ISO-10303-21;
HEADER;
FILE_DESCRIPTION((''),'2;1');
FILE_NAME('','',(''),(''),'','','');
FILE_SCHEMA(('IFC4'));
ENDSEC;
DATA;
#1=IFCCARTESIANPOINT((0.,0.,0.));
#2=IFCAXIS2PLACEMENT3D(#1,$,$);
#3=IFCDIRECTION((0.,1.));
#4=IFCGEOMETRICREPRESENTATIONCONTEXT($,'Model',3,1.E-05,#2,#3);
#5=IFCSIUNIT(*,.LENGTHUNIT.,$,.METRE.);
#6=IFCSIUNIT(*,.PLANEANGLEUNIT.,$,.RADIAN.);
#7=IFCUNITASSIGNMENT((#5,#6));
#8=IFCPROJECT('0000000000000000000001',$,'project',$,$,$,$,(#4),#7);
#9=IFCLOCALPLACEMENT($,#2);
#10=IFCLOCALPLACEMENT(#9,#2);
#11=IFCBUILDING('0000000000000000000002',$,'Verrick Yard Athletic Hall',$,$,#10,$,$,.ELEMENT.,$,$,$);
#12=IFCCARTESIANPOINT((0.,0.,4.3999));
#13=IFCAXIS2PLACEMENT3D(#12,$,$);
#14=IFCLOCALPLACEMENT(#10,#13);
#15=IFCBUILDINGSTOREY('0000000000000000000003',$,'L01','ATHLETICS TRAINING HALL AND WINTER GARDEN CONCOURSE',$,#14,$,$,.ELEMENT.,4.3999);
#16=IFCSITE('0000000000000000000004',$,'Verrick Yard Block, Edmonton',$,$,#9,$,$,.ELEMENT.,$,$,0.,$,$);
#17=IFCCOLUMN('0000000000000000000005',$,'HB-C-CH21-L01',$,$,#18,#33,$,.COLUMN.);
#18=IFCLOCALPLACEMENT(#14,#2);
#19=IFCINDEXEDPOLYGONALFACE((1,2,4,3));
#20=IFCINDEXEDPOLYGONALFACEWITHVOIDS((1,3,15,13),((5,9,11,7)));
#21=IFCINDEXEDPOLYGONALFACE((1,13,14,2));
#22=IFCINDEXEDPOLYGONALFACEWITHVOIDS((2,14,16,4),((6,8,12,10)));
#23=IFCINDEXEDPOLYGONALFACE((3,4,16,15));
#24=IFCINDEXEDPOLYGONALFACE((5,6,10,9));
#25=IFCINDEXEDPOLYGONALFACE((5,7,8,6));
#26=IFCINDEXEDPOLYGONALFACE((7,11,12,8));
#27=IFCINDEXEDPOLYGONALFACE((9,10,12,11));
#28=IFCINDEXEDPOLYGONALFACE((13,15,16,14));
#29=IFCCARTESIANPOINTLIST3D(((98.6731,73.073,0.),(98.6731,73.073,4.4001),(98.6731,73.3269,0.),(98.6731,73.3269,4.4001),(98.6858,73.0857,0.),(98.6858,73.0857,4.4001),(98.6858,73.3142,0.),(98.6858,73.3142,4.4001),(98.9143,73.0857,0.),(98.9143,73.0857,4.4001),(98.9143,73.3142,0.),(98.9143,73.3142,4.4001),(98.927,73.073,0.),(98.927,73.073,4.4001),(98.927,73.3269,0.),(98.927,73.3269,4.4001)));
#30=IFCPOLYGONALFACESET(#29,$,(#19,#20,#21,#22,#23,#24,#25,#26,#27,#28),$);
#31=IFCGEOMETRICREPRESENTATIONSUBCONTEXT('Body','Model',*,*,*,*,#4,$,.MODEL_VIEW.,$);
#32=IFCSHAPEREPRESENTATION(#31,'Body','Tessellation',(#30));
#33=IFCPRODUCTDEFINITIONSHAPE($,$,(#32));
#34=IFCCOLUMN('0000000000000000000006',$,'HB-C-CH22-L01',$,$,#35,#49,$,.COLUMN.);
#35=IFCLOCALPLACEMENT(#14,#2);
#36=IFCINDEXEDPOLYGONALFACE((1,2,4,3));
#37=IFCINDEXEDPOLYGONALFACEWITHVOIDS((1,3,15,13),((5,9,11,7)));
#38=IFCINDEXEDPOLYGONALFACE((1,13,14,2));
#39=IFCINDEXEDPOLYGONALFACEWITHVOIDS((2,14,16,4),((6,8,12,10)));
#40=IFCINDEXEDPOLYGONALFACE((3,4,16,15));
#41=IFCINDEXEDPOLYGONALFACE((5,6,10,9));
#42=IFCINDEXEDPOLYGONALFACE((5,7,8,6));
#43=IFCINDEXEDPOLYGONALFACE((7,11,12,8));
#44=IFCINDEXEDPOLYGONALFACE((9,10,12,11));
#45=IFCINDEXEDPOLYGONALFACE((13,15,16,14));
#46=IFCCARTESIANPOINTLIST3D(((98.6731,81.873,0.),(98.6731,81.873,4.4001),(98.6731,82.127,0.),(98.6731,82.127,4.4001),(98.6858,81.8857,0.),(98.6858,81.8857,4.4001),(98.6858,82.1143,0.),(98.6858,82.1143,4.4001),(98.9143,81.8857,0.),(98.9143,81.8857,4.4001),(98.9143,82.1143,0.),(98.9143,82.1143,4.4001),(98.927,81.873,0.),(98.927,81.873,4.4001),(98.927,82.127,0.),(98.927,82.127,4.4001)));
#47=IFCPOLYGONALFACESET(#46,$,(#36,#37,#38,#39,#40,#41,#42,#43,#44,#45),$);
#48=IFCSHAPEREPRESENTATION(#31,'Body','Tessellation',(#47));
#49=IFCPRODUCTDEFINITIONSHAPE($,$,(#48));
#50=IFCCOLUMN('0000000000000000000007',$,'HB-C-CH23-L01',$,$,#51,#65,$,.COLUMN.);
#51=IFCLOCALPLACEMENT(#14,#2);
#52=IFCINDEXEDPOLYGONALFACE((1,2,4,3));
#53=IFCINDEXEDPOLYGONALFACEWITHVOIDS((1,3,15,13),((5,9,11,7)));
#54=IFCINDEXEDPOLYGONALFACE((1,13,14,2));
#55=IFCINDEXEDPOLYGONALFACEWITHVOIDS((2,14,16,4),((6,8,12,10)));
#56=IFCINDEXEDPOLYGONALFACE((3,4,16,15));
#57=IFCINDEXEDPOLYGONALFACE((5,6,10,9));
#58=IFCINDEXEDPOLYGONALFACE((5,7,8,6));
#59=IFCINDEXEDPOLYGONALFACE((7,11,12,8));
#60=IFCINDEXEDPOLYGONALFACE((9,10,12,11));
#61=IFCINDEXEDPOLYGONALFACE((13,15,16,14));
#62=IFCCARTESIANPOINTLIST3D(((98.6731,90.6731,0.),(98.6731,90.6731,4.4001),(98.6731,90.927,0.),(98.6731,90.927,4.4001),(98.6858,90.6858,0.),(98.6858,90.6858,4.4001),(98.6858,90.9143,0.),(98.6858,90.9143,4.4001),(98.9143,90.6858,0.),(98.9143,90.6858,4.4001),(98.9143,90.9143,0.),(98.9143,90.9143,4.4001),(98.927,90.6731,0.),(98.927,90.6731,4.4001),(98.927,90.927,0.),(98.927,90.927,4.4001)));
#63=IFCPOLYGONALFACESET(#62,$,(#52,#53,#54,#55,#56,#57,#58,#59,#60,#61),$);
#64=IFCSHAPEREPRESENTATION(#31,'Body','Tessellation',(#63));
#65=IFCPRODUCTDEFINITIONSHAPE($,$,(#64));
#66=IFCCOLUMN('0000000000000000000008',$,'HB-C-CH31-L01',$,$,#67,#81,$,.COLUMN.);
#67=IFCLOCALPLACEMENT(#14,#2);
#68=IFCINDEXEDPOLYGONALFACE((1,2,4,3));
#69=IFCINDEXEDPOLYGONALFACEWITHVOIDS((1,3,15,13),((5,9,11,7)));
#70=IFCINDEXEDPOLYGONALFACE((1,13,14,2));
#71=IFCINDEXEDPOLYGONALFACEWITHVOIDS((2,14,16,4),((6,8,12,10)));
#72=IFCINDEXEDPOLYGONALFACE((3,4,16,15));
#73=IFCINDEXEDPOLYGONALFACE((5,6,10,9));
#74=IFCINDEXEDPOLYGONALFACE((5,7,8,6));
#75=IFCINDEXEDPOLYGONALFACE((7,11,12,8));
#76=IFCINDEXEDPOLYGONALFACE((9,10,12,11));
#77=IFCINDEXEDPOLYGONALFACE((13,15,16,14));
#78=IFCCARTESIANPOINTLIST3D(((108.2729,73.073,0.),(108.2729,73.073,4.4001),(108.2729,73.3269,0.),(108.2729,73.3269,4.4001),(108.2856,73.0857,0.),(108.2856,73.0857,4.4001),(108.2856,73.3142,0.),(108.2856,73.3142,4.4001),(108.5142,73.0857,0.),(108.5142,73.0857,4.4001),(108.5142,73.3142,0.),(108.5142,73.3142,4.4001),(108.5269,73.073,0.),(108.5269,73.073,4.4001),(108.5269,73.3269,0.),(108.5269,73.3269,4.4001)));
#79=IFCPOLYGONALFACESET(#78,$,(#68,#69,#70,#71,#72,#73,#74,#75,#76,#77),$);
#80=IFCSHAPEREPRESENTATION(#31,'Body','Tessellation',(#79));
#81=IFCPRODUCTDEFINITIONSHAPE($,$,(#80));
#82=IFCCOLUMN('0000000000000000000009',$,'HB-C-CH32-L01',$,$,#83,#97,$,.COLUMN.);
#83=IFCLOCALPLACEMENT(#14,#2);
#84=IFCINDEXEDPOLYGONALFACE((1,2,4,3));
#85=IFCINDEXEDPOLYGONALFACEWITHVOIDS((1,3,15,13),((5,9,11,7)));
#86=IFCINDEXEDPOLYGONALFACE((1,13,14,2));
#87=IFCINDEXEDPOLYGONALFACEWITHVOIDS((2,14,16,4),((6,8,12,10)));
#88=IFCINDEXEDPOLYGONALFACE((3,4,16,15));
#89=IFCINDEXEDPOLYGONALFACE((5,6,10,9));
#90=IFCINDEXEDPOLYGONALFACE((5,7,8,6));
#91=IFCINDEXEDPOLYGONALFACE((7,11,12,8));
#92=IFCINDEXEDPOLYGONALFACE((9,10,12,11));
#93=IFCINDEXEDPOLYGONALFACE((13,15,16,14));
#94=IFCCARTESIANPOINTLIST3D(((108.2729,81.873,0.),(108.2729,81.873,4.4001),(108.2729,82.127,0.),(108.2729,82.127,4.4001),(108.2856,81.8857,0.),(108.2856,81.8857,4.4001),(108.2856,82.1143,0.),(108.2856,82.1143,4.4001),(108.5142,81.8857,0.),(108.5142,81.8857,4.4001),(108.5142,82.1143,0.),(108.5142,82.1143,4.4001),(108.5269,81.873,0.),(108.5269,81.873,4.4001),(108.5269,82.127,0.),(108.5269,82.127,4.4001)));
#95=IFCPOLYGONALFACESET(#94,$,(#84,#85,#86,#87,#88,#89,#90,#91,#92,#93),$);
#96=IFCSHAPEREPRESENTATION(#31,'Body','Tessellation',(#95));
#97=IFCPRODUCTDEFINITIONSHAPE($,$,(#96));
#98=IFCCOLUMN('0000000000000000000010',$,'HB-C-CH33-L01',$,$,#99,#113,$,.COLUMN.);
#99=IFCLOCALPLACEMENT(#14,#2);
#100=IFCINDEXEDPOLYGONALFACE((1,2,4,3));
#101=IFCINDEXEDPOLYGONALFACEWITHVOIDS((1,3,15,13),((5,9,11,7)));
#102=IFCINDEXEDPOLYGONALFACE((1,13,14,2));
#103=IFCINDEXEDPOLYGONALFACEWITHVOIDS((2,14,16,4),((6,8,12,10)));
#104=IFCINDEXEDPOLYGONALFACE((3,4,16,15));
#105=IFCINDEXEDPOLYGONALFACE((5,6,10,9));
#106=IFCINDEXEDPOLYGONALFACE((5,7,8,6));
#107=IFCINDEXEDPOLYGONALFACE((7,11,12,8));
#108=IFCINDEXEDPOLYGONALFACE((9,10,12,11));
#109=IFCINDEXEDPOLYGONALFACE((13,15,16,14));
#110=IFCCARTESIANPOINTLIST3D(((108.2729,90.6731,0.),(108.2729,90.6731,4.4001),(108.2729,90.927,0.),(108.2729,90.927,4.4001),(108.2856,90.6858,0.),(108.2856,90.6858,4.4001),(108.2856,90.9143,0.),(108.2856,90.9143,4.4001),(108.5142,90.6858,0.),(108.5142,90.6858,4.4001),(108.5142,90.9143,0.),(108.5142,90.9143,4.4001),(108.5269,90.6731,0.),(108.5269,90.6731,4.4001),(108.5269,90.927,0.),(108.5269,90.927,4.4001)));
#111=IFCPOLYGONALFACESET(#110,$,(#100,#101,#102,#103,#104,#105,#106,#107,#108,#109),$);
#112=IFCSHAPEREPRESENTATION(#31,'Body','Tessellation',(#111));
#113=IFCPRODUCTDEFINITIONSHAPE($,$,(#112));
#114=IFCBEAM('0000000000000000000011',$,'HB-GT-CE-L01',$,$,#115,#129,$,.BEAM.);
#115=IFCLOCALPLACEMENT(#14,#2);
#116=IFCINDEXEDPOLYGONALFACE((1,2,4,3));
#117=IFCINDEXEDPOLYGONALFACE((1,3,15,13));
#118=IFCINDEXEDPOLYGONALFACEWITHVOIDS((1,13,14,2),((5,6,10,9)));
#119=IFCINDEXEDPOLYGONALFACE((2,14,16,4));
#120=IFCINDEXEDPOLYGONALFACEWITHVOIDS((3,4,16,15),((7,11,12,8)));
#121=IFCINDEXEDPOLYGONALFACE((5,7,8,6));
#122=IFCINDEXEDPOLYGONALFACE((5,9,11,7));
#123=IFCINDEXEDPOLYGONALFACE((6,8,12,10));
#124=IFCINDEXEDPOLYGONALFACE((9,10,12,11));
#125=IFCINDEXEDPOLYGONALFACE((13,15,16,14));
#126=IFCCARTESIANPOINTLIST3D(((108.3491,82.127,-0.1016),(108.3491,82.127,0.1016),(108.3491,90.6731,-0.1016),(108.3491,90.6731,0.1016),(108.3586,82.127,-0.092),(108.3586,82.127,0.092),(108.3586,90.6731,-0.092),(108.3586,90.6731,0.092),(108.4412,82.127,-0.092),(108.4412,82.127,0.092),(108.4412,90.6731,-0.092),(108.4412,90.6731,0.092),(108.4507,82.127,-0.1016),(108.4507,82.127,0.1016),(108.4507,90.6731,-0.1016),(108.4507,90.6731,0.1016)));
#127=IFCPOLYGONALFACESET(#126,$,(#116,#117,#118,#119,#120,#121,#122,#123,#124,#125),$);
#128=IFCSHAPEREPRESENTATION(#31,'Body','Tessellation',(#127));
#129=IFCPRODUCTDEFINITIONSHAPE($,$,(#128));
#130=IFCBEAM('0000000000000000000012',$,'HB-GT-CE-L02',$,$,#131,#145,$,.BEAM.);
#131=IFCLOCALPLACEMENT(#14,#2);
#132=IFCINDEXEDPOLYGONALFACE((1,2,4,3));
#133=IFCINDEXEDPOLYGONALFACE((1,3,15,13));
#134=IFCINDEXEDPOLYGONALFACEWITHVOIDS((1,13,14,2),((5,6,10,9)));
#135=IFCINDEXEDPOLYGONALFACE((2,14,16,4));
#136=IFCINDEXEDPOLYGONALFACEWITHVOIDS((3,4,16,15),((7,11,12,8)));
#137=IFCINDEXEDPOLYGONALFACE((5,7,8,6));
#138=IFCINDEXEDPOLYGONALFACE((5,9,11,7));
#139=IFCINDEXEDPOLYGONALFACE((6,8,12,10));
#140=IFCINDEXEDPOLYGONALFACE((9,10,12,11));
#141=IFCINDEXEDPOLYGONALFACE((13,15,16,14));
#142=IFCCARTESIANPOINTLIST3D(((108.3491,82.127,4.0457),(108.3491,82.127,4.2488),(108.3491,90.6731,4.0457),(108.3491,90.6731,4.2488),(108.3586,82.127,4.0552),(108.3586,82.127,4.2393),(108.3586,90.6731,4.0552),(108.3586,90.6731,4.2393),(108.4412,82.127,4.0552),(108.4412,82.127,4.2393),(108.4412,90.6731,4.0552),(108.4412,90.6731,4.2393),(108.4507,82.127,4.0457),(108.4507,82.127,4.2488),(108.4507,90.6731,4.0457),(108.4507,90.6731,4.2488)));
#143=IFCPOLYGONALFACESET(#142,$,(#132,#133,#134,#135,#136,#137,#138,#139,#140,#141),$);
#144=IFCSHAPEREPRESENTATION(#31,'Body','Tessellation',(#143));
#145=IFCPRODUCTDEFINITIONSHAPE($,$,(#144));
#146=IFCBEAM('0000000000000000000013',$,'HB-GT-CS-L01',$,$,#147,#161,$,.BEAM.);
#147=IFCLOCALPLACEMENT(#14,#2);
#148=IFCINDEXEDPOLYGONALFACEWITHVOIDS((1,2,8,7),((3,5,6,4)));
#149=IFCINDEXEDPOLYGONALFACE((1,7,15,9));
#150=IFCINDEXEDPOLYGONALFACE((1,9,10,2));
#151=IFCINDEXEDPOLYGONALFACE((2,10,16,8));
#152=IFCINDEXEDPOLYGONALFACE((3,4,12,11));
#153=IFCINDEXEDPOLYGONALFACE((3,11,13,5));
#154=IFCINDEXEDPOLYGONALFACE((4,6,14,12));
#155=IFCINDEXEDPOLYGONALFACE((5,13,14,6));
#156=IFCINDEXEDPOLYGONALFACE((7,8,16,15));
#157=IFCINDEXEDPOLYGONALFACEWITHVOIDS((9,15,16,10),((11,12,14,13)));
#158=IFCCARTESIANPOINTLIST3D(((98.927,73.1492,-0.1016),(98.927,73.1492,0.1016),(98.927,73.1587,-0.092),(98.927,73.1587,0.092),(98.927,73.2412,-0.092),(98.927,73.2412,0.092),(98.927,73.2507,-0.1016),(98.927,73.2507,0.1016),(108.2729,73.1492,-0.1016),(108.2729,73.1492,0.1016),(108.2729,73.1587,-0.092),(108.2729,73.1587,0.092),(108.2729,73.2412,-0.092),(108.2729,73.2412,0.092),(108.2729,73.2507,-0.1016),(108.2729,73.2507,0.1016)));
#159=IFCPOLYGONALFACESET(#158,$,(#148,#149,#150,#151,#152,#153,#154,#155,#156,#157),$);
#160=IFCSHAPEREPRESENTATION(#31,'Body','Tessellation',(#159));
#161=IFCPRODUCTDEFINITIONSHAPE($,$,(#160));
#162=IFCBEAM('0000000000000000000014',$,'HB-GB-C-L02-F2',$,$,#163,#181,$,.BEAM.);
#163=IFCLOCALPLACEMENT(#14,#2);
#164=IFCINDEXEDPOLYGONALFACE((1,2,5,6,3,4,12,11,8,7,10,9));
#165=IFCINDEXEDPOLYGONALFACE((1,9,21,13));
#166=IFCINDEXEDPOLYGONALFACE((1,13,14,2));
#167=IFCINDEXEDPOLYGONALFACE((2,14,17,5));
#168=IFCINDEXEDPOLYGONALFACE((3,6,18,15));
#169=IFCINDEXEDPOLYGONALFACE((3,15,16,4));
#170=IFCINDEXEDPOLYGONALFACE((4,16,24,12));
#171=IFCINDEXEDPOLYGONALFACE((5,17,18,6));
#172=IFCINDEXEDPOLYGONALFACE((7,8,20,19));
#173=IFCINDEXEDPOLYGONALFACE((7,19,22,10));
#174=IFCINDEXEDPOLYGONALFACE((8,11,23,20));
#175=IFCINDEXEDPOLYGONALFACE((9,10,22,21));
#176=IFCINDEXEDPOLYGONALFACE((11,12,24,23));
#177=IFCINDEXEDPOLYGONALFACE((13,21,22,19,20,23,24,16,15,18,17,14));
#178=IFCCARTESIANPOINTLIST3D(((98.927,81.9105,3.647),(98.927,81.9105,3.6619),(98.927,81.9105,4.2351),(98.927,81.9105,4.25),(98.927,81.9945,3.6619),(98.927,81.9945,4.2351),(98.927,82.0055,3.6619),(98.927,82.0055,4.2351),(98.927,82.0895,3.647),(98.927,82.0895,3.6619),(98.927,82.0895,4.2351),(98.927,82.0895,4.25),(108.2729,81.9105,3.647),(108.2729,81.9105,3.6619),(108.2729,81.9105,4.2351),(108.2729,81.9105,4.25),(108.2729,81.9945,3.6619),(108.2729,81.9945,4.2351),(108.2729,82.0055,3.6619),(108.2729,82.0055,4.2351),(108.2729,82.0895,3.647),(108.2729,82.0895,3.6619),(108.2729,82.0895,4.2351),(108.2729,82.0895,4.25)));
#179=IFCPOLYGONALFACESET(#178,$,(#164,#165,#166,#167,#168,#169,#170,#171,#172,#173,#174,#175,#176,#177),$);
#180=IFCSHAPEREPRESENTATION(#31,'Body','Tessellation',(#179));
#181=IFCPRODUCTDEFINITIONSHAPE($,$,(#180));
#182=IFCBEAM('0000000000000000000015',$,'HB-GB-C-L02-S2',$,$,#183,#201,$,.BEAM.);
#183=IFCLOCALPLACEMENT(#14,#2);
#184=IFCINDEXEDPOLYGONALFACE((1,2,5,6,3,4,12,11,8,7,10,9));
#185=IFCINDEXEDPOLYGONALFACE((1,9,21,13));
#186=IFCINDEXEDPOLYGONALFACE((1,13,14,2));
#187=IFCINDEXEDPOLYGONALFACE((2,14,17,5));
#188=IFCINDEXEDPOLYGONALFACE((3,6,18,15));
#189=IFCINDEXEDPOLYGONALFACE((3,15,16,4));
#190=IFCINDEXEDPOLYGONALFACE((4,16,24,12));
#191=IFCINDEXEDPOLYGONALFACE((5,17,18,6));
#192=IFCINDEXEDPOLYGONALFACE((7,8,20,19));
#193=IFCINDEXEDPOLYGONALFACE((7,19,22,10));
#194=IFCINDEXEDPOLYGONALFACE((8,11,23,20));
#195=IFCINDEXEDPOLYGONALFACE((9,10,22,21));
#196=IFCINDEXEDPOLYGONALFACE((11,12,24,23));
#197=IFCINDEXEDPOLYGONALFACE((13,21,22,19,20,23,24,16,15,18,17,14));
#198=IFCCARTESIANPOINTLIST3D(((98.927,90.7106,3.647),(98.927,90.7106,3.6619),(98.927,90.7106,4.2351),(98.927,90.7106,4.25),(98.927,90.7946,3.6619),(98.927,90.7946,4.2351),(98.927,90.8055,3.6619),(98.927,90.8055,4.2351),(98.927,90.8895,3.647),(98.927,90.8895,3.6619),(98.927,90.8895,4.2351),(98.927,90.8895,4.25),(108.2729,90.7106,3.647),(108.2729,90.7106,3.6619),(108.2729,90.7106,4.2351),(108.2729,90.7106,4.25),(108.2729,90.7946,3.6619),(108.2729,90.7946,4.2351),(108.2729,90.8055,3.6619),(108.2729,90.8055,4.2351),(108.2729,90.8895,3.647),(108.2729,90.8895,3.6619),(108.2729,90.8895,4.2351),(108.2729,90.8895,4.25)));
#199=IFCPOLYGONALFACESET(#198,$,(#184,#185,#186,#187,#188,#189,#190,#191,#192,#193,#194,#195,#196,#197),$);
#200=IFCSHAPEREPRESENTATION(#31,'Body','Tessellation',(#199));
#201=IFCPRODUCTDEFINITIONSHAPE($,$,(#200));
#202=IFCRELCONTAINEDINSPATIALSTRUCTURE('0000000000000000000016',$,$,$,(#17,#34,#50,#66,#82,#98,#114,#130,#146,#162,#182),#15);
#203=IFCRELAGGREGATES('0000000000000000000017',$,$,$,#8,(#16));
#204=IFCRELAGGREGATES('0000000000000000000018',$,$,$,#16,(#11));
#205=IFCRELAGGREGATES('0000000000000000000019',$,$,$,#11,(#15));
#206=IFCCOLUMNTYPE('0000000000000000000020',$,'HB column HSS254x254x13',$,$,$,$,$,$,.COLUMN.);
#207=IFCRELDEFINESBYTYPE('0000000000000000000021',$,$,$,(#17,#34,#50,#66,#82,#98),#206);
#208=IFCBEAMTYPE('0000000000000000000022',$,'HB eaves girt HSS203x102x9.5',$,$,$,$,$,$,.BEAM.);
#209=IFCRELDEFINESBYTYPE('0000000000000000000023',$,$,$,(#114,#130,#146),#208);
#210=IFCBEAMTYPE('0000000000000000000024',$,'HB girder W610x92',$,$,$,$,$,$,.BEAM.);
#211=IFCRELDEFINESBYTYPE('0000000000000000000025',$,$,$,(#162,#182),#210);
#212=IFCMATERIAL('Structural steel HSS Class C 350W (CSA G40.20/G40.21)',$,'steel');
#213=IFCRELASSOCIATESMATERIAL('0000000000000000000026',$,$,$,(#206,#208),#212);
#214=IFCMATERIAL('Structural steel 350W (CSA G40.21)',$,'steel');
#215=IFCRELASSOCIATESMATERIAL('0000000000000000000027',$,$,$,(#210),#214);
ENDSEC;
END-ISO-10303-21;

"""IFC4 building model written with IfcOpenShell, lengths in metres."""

from ifc_helpers import new_model, si_unit, direction, frame, origin, origin_2d, place, context, subcontext, project, spatial, hollow_rectangle, i_section, extrude, material, material_profile, profile_set, type_object, element, save


model = new_model("IFC4")

# Units and contexts
model_context = context("Model", 3, precision=1e-05, world=origin(), true_north=direction((0.0, 1.0)))
body_context = subcontext(model_context, "Body", "Model", "MODEL_VIEW")
ifc_project = project(units=[si_unit("LENGTHUNIT", "METRE"), si_unit("PLANEANGLEUNIT", "RADIAN")], contexts=[model_context])

# Site, building, storey
site_placement = place(None, origin())
site = spatial("IfcSite", under=ifc_project, at=site_placement, Name="Verrick Yard Block, Edmonton", CompositionType="ELEMENT", RefElevation=0.0)
building_placement = place(site_placement, origin())
building = spatial("IfcBuilding", under=site, at=building_placement, Name="Verrick Yard Athletic Hall", CompositionType="ELEMENT")
storey_placement = place(building_placement, frame((0.0, 0.0, 4.3999)))
storey = spatial("IfcBuildingStorey", under=building, at=storey_placement, Name="L01", Description="ATHLETICS TRAINING HALL AND WINTER GARDEN CONCOURSE", CompositionType="ELEMENT", Elevation=4.3999)

# Columns
ifc_material_1 = material(Name="Structural steel HSS Class C 350W (CSA G40.20/G40.21)", Category="steel")
ifc_material_profile_1 = material_profile(ifc_material_1, hollow_rectangle(XDim=0.2539, YDim=0.2539, WallThickness=0.0127, at=origin_2d()), Name="HSS254x254x13")
ifc_profile_set_1 = profile_set([ifc_material_profile_1], Name="Structural steel HSS Class C 350W (CSA G40.20/G40.21)")
column_type = type_object("IfcColumnType", Name="HB column HSS254x254x13", PredefinedType="COLUMN", material=ifc_profile_set_1)
for number, where, z_axis, x_axis, name in (
    (1, (98.8, 73.2, 0.0), (0.0, 0.0, 1.0), (1.0, 0.0, 0.0), "HB-C-CH21-L01"),
    (2, (98.8, 82.0, 0.0), (0.0, 0.0, 1.0), (1.0, 0.0, 0.0), "HB-C-CH22-L01"),
    (3, (98.8, 90.8, 0.0), (0.0, 0.0, 1.0), (1.0, 0.0, 0.0), "HB-C-CH23-L01"),
    (4, (108.3999, 73.2, 0.0), (0.0, 0.0, 1.0), (1.0, 0.0, 0.0), "HB-C-CH31-L01"),
    (5, (108.3999, 82.0, 0.0), (0.0, 0.0, 1.0), (1.0, 0.0, 0.0), "HB-C-CH32-L01"),
    (6, (108.3999, 90.8, 0.0), (0.0, 0.0, 1.0), (1.0, 0.0, 0.0), "HB-C-CH33-L01"),
):
    element("IfcColumn", number, at=place(storey_placement, frame(where, z_axis=z_axis, x_axis=x_axis)), inside=storey, type_object=column_type, Name=name, PredefinedType="COLUMN", context=body_context, shape_type="SweptSolid", body=[
        extrude(hollow_rectangle(XDim=0.2539, YDim=0.2539, WallThickness=0.0127, at=origin_2d()), origin(), (0.0, 0.0, 1.0), 4.4001),
    ])

# Beams
ifc_material_profile_2 = material_profile(ifc_material_1, hollow_rectangle(XDim=0.1016, YDim=0.2031, WallThickness=0.0095, at=origin_2d()), Name="HSS203x102x9.5")
ifc_profile_set_2 = profile_set([ifc_material_profile_2], Name="Structural steel HSS Class C 350W (CSA G40.20/G40.21)")
beam_type_1 = type_object("IfcBeamType", Name="HB eaves girt HSS203x102x9.5", PredefinedType="BEAM", material=ifc_profile_set_2)
for number, where, z_axis, x_axis, name in (
    (7, (108.3999, 82.127, 0.0), (0.0, 1.0, 0.0), (-1.0, 0.0, 0.0), "HB-GT-CE-L01"),
    (8, (108.3999, 82.127, 4.1472), (0.0, 1.0, 0.0), (-1.0, 0.0, 0.0), "HB-GT-CE-L02"),
):
    element("IfcBeam", number, at=place(storey_placement, frame(where, z_axis=z_axis, x_axis=x_axis)), inside=storey, type_object=beam_type_1, Name=name, PredefinedType="BEAM", context=body_context, shape_type="SweptSolid", body=[
        extrude(hollow_rectangle(XDim=0.1016, YDim=0.2031, WallThickness=0.0095, at=origin_2d()), origin(), (0.0, 0.0, 1.0), 8.5461),
    ])
beam_1_placement = place(storey_placement, frame((98.927, 73.2, 0.0), z_axis=(1.0, 0.0, 0.0), x_axis=(0.0, 1.0, 0.0)))
element("IfcBeam", 9, at=beam_1_placement, inside=storey, type_object=beam_type_1, Name="HB-GT-CS-L01", PredefinedType="BEAM", context=body_context, shape_type="SweptSolid", body=[
    extrude(hollow_rectangle(XDim=0.1016, YDim=0.2031, WallThickness=0.0095, at=origin_2d()), origin(), (0.0, 0.0, 1.0), 9.3459),
])
ifc_material_2 = material(Name="Structural steel 350W (CSA G40.21)", Category="steel")
ifc_material_profile_3 = material_profile(ifc_material_2, i_section(OverallWidth=0.179, OverallDepth=0.603, WebThickness=0.011, FlangeThickness=0.0149, at=origin_2d()), Name="W610x92")
ifc_profile_set_3 = profile_set([ifc_material_profile_3], Name="Structural steel 350W (CSA G40.21)")
beam_type_2 = type_object("IfcBeamType", Name="HB girder W610x92", PredefinedType="BEAM", material=ifc_profile_set_3)
for number, where, z_axis, x_axis, name in (
    (10, (98.927, 82.0, 3.9485), (1.0, 0.0, 0.0), (0.0, 1.0, 0.0), "HB-GB-C-L02-F2"),
    (11, (98.927, 90.8, 3.9485), (1.0, 0.0, 0.0), (0.0, 1.0, 0.0), "HB-GB-C-L02-S2"),
):
    element("IfcBeam", number, at=place(storey_placement, frame(where, z_axis=z_axis, x_axis=x_axis)), inside=storey, type_object=beam_type_2, Name=name, PredefinedType="BEAM", context=body_context, shape_type="SweptSolid", body=[
        extrude(i_section(OverallWidth=0.179, OverallDepth=0.603, WebThickness=0.011, FlangeThickness=0.0149, at=origin_2d()), origin(), (0.0, 0.0, 1.0), 9.3459),
    ])

save(model, "model.ifc")
